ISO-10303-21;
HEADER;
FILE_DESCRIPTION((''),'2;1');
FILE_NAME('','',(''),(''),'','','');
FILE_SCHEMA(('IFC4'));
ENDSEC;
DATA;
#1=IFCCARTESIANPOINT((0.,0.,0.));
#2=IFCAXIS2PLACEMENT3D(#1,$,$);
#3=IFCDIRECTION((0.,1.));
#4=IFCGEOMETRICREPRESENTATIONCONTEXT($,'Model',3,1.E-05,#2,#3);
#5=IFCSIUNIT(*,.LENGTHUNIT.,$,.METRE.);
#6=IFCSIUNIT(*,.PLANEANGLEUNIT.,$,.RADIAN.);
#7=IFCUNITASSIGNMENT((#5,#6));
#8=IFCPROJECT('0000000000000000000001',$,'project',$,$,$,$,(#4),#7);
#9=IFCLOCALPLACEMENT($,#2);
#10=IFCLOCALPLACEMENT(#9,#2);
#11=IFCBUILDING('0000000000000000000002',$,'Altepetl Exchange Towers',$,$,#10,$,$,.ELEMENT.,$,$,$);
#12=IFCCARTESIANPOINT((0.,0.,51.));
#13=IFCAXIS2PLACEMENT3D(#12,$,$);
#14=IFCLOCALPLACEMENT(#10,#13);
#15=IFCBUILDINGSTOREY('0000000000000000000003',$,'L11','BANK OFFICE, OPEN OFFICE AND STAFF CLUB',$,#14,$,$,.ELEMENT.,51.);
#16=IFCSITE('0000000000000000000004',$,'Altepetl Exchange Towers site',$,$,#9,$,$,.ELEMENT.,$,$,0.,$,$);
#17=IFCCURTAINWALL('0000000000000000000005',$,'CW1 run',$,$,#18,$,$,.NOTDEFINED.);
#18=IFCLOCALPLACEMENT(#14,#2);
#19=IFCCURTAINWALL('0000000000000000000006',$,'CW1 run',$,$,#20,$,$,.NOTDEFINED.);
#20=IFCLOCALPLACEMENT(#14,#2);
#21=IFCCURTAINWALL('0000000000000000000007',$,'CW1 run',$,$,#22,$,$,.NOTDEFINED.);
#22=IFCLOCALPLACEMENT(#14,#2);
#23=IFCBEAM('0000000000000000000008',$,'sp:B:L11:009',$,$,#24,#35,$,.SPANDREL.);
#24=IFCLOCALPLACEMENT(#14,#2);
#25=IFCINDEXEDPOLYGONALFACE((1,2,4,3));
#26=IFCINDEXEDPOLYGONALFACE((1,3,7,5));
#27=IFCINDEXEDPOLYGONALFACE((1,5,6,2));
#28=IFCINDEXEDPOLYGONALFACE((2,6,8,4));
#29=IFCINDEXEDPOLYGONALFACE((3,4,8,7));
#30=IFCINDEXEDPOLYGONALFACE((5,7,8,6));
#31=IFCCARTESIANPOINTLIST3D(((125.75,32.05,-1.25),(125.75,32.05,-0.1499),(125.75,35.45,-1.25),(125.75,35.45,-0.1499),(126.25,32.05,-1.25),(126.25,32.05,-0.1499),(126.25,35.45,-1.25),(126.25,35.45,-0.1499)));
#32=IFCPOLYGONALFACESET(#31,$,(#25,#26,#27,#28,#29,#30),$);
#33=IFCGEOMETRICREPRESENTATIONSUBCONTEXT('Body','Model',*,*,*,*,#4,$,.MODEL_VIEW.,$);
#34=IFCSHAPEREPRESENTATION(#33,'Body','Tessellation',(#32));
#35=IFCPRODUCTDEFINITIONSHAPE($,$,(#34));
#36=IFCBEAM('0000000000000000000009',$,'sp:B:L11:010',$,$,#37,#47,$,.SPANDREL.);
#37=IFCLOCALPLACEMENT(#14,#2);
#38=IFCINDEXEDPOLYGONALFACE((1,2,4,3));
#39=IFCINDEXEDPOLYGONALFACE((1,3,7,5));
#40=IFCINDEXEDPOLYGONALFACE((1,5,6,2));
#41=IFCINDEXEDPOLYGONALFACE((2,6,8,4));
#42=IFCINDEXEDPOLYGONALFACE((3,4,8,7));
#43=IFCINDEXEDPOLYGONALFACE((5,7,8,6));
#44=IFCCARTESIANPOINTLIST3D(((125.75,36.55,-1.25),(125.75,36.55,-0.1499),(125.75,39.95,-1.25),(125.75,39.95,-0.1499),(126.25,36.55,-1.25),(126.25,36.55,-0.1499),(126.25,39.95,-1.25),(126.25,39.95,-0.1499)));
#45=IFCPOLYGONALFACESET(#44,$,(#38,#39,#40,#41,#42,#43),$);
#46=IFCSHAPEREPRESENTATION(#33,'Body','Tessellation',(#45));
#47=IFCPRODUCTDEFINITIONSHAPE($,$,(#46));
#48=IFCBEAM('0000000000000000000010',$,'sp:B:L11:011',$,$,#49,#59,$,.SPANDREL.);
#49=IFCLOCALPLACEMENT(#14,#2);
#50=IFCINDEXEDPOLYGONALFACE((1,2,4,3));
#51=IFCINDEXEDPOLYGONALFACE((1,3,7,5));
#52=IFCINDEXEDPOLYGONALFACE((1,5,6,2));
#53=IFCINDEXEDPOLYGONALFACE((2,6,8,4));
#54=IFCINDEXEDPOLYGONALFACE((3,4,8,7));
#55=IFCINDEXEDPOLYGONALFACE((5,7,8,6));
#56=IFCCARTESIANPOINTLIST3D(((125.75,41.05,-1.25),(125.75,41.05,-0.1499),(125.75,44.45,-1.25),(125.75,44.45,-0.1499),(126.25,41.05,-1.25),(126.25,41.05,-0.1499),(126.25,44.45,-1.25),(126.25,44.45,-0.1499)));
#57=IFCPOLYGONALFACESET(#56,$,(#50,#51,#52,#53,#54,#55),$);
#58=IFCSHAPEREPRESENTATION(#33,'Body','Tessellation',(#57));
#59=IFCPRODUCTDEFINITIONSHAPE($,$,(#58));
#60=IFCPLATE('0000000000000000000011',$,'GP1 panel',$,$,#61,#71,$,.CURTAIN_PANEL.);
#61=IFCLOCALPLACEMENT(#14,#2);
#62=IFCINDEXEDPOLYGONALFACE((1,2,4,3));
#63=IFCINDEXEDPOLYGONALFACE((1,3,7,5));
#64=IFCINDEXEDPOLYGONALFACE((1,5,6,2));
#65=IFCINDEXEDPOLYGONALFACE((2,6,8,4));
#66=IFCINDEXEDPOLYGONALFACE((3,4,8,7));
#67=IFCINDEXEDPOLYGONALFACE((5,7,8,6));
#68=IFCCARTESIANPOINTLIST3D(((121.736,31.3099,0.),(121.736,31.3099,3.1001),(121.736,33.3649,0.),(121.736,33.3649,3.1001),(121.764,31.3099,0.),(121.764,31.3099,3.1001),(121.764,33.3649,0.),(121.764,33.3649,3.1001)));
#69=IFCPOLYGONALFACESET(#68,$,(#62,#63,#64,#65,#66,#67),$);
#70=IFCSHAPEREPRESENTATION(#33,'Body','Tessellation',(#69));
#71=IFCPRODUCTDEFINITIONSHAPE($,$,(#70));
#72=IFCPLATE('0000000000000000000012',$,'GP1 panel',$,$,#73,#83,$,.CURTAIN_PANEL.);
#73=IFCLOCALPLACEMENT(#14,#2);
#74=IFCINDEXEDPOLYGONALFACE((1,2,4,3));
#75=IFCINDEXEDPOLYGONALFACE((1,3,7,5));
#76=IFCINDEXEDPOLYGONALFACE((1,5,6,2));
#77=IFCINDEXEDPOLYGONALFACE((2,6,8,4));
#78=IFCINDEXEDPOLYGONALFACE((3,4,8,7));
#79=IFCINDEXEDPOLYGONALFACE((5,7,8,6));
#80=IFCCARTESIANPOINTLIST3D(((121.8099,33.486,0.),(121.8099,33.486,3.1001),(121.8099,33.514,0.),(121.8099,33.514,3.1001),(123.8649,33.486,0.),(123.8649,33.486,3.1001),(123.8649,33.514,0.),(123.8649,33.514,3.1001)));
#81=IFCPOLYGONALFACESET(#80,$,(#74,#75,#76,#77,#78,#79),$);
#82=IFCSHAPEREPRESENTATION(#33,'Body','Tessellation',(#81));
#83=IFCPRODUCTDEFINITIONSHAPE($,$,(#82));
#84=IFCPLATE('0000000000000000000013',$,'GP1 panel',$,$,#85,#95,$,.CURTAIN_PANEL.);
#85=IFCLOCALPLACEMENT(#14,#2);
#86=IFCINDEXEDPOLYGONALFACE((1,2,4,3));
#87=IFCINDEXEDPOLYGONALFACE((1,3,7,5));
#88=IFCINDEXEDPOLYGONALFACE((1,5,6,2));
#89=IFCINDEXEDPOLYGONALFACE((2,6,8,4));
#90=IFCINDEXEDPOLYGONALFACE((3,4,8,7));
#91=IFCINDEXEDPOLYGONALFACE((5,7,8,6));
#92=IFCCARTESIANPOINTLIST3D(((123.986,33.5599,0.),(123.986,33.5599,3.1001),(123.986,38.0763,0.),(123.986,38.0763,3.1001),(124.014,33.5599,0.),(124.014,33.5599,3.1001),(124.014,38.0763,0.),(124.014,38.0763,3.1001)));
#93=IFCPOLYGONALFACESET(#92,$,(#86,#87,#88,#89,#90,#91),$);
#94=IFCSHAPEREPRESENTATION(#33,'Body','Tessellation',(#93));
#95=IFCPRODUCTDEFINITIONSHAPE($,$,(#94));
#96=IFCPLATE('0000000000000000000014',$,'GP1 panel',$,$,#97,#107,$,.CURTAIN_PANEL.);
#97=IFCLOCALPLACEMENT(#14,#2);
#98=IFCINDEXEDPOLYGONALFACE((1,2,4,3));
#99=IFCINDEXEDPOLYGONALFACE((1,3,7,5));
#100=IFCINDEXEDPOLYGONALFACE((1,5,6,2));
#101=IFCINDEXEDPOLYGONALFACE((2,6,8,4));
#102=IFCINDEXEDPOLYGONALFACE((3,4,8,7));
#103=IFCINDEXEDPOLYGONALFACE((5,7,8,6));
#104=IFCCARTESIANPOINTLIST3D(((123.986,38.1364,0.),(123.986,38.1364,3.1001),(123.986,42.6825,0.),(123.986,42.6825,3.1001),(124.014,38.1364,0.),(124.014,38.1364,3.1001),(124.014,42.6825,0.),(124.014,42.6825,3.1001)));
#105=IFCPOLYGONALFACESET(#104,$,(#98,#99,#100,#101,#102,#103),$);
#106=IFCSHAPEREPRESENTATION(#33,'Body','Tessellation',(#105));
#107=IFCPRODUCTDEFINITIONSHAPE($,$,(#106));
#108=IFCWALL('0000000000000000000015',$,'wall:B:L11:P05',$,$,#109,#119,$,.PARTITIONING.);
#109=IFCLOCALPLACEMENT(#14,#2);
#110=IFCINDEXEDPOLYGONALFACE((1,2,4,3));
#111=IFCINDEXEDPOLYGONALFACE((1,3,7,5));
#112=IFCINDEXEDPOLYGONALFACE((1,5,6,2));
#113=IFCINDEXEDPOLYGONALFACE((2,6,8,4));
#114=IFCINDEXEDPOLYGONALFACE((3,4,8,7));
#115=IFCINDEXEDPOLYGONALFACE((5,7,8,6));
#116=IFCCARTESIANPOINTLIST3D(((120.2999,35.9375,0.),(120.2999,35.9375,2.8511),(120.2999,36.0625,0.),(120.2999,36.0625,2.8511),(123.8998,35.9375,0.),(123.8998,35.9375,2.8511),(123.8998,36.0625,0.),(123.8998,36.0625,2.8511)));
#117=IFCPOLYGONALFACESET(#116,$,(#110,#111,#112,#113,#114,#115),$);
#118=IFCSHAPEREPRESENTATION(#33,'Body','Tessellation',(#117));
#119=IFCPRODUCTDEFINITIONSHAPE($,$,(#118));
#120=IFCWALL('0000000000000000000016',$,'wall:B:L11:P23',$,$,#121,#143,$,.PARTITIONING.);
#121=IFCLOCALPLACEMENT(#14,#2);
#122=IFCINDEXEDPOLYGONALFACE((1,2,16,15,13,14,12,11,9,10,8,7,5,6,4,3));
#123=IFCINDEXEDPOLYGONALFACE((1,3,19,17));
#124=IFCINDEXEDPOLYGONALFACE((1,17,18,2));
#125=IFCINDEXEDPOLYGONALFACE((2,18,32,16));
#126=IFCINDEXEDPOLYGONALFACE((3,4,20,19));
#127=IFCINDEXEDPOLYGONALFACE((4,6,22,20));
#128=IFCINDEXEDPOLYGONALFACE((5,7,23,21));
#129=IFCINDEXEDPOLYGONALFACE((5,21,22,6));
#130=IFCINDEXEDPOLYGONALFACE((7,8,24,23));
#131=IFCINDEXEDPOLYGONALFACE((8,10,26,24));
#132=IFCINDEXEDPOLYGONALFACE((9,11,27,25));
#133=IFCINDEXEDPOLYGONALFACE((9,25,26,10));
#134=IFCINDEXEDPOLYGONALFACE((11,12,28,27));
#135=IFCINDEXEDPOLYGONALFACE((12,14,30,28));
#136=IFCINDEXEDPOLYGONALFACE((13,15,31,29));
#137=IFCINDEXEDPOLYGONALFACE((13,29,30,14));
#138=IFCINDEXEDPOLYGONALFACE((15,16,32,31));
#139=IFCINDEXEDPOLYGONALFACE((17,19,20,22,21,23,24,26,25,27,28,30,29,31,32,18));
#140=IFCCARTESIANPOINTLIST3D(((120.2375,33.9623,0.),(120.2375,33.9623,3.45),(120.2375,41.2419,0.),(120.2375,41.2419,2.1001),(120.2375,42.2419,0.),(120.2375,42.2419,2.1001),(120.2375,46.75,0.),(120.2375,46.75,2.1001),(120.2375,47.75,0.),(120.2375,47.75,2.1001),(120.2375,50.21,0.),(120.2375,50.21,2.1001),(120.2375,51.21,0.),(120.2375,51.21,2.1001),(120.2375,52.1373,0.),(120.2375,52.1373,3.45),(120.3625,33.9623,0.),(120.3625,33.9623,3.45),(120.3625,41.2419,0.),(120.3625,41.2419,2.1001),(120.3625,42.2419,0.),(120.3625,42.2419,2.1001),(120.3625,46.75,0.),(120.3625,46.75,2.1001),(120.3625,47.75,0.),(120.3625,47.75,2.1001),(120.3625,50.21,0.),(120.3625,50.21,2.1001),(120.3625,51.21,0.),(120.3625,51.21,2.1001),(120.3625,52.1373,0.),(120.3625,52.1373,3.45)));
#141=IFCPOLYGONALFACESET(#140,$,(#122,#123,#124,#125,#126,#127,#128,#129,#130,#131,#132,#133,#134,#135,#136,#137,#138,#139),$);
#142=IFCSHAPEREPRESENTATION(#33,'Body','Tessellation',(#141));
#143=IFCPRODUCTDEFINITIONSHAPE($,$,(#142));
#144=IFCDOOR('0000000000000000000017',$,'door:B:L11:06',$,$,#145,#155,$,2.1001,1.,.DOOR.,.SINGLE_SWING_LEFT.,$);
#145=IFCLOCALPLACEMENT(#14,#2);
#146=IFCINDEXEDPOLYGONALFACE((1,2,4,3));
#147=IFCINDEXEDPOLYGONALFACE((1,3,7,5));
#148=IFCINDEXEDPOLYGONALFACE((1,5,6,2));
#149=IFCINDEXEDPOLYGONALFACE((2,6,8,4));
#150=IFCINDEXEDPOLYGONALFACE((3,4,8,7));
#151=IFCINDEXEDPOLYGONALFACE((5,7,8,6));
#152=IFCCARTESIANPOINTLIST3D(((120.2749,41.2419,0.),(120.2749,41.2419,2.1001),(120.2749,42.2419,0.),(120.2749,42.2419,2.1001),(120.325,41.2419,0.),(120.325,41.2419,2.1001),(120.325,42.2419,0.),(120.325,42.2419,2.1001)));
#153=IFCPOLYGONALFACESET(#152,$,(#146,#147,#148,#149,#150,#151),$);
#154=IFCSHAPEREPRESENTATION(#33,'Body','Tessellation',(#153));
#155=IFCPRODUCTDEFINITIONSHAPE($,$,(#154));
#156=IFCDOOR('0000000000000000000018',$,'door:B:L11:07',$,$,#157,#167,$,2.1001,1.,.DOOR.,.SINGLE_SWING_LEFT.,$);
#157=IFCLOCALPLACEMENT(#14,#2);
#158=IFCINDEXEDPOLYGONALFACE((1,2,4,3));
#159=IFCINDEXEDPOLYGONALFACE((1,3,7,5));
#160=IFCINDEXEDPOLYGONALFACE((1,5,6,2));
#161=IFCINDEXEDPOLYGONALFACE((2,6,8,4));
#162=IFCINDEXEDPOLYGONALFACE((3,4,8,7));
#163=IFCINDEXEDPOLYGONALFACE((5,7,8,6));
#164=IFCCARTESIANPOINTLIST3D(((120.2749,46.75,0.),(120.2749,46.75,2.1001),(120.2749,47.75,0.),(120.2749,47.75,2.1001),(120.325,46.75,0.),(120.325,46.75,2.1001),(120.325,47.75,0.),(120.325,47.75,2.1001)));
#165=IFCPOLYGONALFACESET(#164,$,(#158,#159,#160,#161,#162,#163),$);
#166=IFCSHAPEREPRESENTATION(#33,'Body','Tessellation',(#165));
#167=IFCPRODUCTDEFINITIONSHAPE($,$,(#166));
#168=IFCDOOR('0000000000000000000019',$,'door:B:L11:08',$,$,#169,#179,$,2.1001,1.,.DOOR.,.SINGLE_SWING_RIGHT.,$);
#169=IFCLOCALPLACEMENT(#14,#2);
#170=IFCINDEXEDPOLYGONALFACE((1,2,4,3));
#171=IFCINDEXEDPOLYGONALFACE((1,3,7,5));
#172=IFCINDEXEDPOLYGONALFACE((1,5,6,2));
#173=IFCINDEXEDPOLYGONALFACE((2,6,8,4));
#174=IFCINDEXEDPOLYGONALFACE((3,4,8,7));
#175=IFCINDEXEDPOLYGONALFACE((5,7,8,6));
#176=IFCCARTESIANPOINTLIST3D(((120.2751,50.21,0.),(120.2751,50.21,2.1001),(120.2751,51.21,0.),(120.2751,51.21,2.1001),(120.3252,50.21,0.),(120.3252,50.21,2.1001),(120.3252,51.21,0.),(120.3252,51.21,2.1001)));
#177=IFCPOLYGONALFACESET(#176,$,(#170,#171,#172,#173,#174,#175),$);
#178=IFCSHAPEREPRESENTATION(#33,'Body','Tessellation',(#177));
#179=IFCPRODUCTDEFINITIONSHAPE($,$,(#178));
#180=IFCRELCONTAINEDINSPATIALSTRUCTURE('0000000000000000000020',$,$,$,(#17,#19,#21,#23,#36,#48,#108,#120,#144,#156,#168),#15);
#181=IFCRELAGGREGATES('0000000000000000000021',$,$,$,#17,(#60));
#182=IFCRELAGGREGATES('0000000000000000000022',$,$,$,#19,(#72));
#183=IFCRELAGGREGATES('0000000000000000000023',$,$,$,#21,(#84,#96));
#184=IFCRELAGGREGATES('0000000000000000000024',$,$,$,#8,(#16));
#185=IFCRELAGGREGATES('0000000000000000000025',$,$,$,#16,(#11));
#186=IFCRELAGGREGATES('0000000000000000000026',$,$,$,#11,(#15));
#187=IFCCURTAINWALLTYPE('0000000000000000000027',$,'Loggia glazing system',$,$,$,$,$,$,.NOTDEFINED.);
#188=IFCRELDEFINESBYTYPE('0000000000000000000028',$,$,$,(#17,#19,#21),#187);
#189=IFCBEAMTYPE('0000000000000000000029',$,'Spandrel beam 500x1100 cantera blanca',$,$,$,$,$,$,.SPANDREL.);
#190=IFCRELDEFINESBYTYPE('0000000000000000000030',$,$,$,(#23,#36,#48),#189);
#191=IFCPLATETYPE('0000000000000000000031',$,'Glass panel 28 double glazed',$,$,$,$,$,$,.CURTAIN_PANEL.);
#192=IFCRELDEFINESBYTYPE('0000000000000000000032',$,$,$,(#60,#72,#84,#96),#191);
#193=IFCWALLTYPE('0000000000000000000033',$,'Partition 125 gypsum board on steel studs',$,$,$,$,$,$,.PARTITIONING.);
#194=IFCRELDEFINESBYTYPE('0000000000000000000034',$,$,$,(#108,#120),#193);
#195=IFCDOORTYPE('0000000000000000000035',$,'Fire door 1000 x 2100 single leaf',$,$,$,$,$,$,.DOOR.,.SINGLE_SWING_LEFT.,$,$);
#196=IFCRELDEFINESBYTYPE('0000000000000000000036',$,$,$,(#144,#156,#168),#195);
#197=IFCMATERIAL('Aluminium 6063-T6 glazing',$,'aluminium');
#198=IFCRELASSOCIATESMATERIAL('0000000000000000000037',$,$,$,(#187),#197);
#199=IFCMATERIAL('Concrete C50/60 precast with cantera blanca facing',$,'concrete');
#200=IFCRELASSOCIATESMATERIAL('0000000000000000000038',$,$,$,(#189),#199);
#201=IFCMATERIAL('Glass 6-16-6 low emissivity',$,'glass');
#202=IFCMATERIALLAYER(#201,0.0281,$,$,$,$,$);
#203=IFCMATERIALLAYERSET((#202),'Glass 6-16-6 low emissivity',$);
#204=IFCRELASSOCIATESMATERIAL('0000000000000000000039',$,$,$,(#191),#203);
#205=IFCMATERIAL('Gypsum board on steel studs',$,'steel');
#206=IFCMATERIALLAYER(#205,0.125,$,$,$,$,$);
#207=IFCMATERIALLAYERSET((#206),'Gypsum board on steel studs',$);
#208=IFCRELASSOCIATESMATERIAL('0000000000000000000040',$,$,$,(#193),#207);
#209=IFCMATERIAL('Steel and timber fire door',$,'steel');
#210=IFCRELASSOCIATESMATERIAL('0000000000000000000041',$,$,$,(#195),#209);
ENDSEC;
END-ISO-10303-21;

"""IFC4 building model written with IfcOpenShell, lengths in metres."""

from ifc_helpers import new_model, si_unit, direction, frame, frame_2d, origin, origin_2d, place, context, subcontext, project, spatial, rectangle, extrude, material, layer, layer_set, material_profile, profile_set, type_object, element, fill, aggregate, save


model = new_model("IFC4")

# Units and contexts
model_context = context("Model", 3, precision=1e-05, world=origin(), true_north=direction((0.0, 1.0)))
body_context = subcontext(model_context, "Body", "Model", "MODEL_VIEW")
ifc_project = project(units=[si_unit("LENGTHUNIT", "METRE"), si_unit("PLANEANGLEUNIT", "RADIAN")], contexts=[model_context])

# Site, building, storey
site_placement = place(None, origin())
site = spatial("IfcSite", under=ifc_project, at=site_placement, Name="Altepetl Exchange Towers site", CompositionType="ELEMENT", RefElevation=0.0)
building_placement = place(site_placement, origin())
building = spatial("IfcBuilding", under=site, at=building_placement, Name="Altepetl Exchange Towers", CompositionType="ELEMENT")
storey_placement = place(building_placement, frame((0.0, 0.0, 51.0)))
storey = spatial("IfcBuildingStorey", under=building, at=storey_placement, Name="L11", Description="BANK OFFICE, OPEN OFFICE AND STAFF CLUB", CompositionType="ELEMENT", Elevation=51.0)

# Curtain wall
ifc_material_1 = material(Name="Aluminium 6063-T6 glazing", Category="aluminium")
curtain_wall_type = type_object("IfcCurtainWallType", Name="Loggia glazing system", PredefinedType="NOTDEFINED", material=ifc_material_1)
curtain_wall_1_placement = place(storey_placement, origin())
curtain_wall_1 = element("IfcCurtainWall", 1, at=curtain_wall_1_placement, inside=storey, type_object=curtain_wall_type, Name="CW1 run", PredefinedType="NOTDEFINED")

# Curtain walls
curtain_wall_2_placement = place(storey_placement, origin())
curtain_wall_2 = element("IfcCurtainWall", 2, at=curtain_wall_2_placement, inside=storey, type_object=curtain_wall_type, Name="CW1 run", PredefinedType="NOTDEFINED")
curtain_wall_3_placement = place(storey_placement, origin())
curtain_wall_3 = element("IfcCurtainWall", 3, at=curtain_wall_3_placement, inside=storey, type_object=curtain_wall_type, Name="CW1 run", PredefinedType="NOTDEFINED")

# Beams
ifc_material_2 = material(Name="Concrete C50/60 precast with cantera blanca facing", Category="concrete")
ifc_material_profile_1 = material_profile(ifc_material_2, rectangle(XDim=0.5, YDim=1.1001, at=origin_2d()), Name="500 x 1100")
ifc_profile_set_1 = profile_set([ifc_material_profile_1], Name="Concrete C50/60 precast with cantera blanca facing")
beam_type_1 = type_object("IfcBeamType", Name="Spandrel beam 500x1100 cantera blanca", PredefinedType="SPANDREL", material=ifc_profile_set_1)
for number, where, z_axis, x_axis, name in (
    (4, (126.0, 32.05, -0.7), (0.0, 1.0, 0.0), (-1.0, 0.0, 0.0), "sp:B:L11:009"),
    (5, (126.0, 36.55, -0.7), (0.0, 1.0, 0.0), (-1.0, 0.0, 0.0), "sp:B:L11:010"),
    (6, (126.0, 41.05, -0.7), (0.0, 1.0, 0.0), (-1.0, 0.0, 0.0), "sp:B:L11:011"),
):
    element("IfcBeam", number, at=place(storey_placement, frame(where, z_axis=z_axis, x_axis=x_axis)), inside=storey, type_object=beam_type_1, Name=name, PredefinedType="SPANDREL", context=body_context, shape_type="SweptSolid", body=[
        extrude(rectangle(XDim=0.5, YDim=1.1001, at=origin_2d()), origin(), (0.0, 0.0, 1.0), 3.3999),
    ])

# Plates
ifc_material_3 = material(Name="Glass 6-16-6 low emissivity", Category="glass")
ifc_layer_1 = layer(ifc_material_3, 0.0281)
ifc_layer_set_1 = layer_set([ifc_layer_1], Name="Glass 6-16-6 low emissivity")
plate_type = type_object("IfcPlateType", Name="Glass panel 28 double glazed", PredefinedType="CURTAIN_PANEL", material=ifc_layer_set_1)
plate_1_placement = place(storey_placement, frame((121.75, 32.3374, 0.0), z_axis=(0.0, 0.0, 1.0), x_axis=(0.0, 1.0, 0.0)))
plate_1 = element("IfcPlate", 7, at=plate_1_placement, type_object=plate_type, Name="GP1 panel", PredefinedType="CURTAIN_PANEL", context=body_context, shape_type="SweptSolid", body=[
    extrude(rectangle(XDim=2.0549, YDim=0.0281, at=origin_2d()), origin(), (0.0, 0.0, 1.0), 3.1001),
])
aggregate(curtain_wall_1, [plate_1])
plate_2_placement = place(storey_placement, frame((122.8374, 33.5, 0.0)))
plate_2 = element("IfcPlate", 8, at=plate_2_placement, type_object=plate_type, Name="GP1 panel", PredefinedType="CURTAIN_PANEL", context=body_context, shape_type="SweptSolid", body=[
    extrude(rectangle(XDim=2.0549, YDim=0.0281, at=origin_2d()), origin(), (0.0, 0.0, 1.0), 3.1001),
])
aggregate(curtain_wall_2, [plate_2])
plate_3_placement = place(storey_placement, frame((124.0, 35.8181, 0.0), z_axis=(0.0, 0.0, 1.0), x_axis=(0.0, 1.0, 0.0)))
plate_3 = element("IfcPlate", 9, at=plate_3_placement, type_object=plate_type, Name="GP1 panel", PredefinedType="CURTAIN_PANEL", context=body_context, shape_type="SweptSolid", body=[
    extrude(rectangle(XDim=4.5164, YDim=0.0281, at=origin_2d()), origin(), (0.0, 0.0, 1.0), 3.1001),
])
plate_4_placement = place(storey_placement, frame((124.0, 40.4094, 0.0), z_axis=(0.0, 0.0, 1.0), x_axis=(0.0, 1.0, 0.0)))
plate_4 = element("IfcPlate", 10, at=plate_4_placement, type_object=plate_type, Name="GP1 panel", PredefinedType="CURTAIN_PANEL", context=body_context, shape_type="SweptSolid", body=[
    extrude(rectangle(XDim=4.5461, YDim=0.0281, at=origin_2d()), origin(), (0.0, 0.0, 1.0), 3.1001),
])
aggregate(curtain_wall_3, [plate_3, plate_4])

# Wall
ifc_material_4 = material(Name="Gypsum board on steel studs", Category="steel")
ifc_layer_2 = layer(ifc_material_4, 0.125)
ifc_layer_set_2 = layer_set([ifc_layer_2], Name="Gypsum board on steel studs")
wall_type = type_object("IfcWallType", Name="Partition 125 gypsum board on steel studs", PredefinedType="PARTITIONING", material=ifc_layer_set_2)
wall_1_placement = place(storey_placement, frame((120.3, 36.0, 0.0)))
element("IfcWall", 11, at=wall_1_placement, inside=storey, type_object=wall_type, Name="wall:B:L11:P05", PredefinedType="PARTITIONING", context=body_context, shape_type="SweptSolid", body=[
    extrude(rectangle(XDim=3.5999, YDim=0.125, at=frame_2d((1.7998, 0.0))), origin(), (0.0, 0.0, 1.0), 2.8511),
])

# Wall, openings, doors
wall_2_placement = place(storey_placement, frame((120.3, 33.9624, 0.0), z_axis=(0.0, 0.0, 1.0), x_axis=(0.0, 1.0, 0.0)))
wall_2 = element("IfcWall", 12, at=wall_2_placement, inside=storey, type_object=wall_type, Name="wall:B:L11:P23", PredefinedType="PARTITIONING", context=body_context, shape_type="SweptSolid", body=[
    extrude(rectangle(XDim=18.175, YDim=0.125, at=frame_2d((9.0874, 0.0))), origin(), (0.0, 0.0, 1.0), 3.45),
])
opening_1_placement = place(wall_2_placement, frame((7.2795, 0.0, 0.0)))
opening_1 = element("IfcOpeningElement", 13, at=opening_1_placement, cuts=wall_2, PredefinedType="OPENING", context=body_context, shape_type="SweptSolid", body=[
    extrude(rectangle(XDim=1.0, YDim=2.1001, at=frame_2d((0.5, 1.05))), frame((0.0, 0.0725, 0.0), z_axis=(0.0, -1.0, 0.0), x_axis=(1.0, 0.0, 0.0)), (0.0, 0.0, 1.0), 0.145),
])
opening_2_placement = place(wall_2_placement, frame((12.7876, 0.0, 0.0)))
opening_2 = element("IfcOpeningElement", 14, at=opening_2_placement, cuts=wall_2, PredefinedType="OPENING", context=body_context, shape_type="SweptSolid", body=[
    extrude(rectangle(XDim=1.0, YDim=2.1001, at=frame_2d((0.5, 1.05))), frame((0.0, 0.0725, 0.0), z_axis=(0.0, -1.0, 0.0), x_axis=(1.0, 0.0, 0.0)), (0.0, 0.0, 1.0), 0.145),
])
opening_3_placement = place(wall_2_placement, frame((16.2476, 0.0, 0.0)))
opening_3 = element("IfcOpeningElement", 15, at=opening_3_placement, cuts=wall_2, PredefinedType="OPENING", context=body_context, shape_type="SweptSolid", body=[
    extrude(rectangle(XDim=1.0, YDim=2.1001, at=frame_2d((0.5, 1.05))), frame((0.0, 0.0725, 0.0), z_axis=(0.0, -1.0, 0.0), x_axis=(1.0, 0.0, 0.0)), (0.0, 0.0, 1.0), 0.145),
])
ifc_material_5 = material(Name="Steel and timber fire door", Category="steel")
door_type = type_object("IfcDoorType", Name="Fire door 1000 x 2100 single leaf", OperationType="SINGLE_SWING_LEFT", PredefinedType="DOOR", material=ifc_material_5)
door_1_placement = place(opening_1_placement, frame((1.0, 0.0, 0.0), x_axis=(-1.0, 0.0, 0.0)))
door_1 = element("IfcDoor", 16, at=door_1_placement, inside=storey, type_object=door_type, Name="door:B:L11:06", OperationType="SINGLE_SWING_LEFT", OverallHeight=2.1001, OverallWidth=1.0, PredefinedType="DOOR", context=body_context, shape_type="SweptSolid", body=[
    extrude(rectangle(XDim=1.0, YDim=2.1001, at=frame_2d((0.5, 1.05))), frame((0.0, 0.0249, 0.0), z_axis=(0.0, -1.0, 0.0), x_axis=(1.0, 0.0, 0.0)), (0.0, 0.0, 1.0), 0.05),
])
fill(opening_1, door_1)
door_2_placement = place(opening_2_placement, frame((1.0, 0.0, 0.0), x_axis=(-1.0, 0.0, 0.0)))
door_2 = element("IfcDoor", 17, at=door_2_placement, inside=storey, type_object=door_type, Name="door:B:L11:07", OperationType="SINGLE_SWING_LEFT", OverallHeight=2.1001, OverallWidth=1.0, PredefinedType="DOOR", context=body_context, shape_type="SweptSolid", body=[
    extrude(rectangle(XDim=1.0, YDim=2.1001, at=frame_2d((0.5, 1.05))), frame((0.0, 0.0249, 0.0), z_axis=(0.0, -1.0, 0.0), x_axis=(1.0, 0.0, 0.0)), (0.0, 0.0, 1.0), 0.05),
])
fill(opening_2, door_2)
door_3_placement = place(opening_3_placement, origin())
door_3 = element("IfcDoor", 18, at=door_3_placement, inside=storey, type_object=door_type, Name="door:B:L11:08", OperationType="SINGLE_SWING_RIGHT", OverallHeight=2.1001, OverallWidth=1.0, PredefinedType="DOOR", context=body_context, shape_type="SweptSolid", body=[
    extrude(rectangle(XDim=1.0, YDim=2.1001, at=frame_2d((0.5, 1.05))), frame((0.0, 0.0249, 0.0), z_axis=(0.0, -1.0, 0.0), x_axis=(1.0, 0.0, 0.0)), (0.0, 0.0, 1.0), 0.05),
])
fill(opening_3, door_3)

save(model, "model.ifc")
